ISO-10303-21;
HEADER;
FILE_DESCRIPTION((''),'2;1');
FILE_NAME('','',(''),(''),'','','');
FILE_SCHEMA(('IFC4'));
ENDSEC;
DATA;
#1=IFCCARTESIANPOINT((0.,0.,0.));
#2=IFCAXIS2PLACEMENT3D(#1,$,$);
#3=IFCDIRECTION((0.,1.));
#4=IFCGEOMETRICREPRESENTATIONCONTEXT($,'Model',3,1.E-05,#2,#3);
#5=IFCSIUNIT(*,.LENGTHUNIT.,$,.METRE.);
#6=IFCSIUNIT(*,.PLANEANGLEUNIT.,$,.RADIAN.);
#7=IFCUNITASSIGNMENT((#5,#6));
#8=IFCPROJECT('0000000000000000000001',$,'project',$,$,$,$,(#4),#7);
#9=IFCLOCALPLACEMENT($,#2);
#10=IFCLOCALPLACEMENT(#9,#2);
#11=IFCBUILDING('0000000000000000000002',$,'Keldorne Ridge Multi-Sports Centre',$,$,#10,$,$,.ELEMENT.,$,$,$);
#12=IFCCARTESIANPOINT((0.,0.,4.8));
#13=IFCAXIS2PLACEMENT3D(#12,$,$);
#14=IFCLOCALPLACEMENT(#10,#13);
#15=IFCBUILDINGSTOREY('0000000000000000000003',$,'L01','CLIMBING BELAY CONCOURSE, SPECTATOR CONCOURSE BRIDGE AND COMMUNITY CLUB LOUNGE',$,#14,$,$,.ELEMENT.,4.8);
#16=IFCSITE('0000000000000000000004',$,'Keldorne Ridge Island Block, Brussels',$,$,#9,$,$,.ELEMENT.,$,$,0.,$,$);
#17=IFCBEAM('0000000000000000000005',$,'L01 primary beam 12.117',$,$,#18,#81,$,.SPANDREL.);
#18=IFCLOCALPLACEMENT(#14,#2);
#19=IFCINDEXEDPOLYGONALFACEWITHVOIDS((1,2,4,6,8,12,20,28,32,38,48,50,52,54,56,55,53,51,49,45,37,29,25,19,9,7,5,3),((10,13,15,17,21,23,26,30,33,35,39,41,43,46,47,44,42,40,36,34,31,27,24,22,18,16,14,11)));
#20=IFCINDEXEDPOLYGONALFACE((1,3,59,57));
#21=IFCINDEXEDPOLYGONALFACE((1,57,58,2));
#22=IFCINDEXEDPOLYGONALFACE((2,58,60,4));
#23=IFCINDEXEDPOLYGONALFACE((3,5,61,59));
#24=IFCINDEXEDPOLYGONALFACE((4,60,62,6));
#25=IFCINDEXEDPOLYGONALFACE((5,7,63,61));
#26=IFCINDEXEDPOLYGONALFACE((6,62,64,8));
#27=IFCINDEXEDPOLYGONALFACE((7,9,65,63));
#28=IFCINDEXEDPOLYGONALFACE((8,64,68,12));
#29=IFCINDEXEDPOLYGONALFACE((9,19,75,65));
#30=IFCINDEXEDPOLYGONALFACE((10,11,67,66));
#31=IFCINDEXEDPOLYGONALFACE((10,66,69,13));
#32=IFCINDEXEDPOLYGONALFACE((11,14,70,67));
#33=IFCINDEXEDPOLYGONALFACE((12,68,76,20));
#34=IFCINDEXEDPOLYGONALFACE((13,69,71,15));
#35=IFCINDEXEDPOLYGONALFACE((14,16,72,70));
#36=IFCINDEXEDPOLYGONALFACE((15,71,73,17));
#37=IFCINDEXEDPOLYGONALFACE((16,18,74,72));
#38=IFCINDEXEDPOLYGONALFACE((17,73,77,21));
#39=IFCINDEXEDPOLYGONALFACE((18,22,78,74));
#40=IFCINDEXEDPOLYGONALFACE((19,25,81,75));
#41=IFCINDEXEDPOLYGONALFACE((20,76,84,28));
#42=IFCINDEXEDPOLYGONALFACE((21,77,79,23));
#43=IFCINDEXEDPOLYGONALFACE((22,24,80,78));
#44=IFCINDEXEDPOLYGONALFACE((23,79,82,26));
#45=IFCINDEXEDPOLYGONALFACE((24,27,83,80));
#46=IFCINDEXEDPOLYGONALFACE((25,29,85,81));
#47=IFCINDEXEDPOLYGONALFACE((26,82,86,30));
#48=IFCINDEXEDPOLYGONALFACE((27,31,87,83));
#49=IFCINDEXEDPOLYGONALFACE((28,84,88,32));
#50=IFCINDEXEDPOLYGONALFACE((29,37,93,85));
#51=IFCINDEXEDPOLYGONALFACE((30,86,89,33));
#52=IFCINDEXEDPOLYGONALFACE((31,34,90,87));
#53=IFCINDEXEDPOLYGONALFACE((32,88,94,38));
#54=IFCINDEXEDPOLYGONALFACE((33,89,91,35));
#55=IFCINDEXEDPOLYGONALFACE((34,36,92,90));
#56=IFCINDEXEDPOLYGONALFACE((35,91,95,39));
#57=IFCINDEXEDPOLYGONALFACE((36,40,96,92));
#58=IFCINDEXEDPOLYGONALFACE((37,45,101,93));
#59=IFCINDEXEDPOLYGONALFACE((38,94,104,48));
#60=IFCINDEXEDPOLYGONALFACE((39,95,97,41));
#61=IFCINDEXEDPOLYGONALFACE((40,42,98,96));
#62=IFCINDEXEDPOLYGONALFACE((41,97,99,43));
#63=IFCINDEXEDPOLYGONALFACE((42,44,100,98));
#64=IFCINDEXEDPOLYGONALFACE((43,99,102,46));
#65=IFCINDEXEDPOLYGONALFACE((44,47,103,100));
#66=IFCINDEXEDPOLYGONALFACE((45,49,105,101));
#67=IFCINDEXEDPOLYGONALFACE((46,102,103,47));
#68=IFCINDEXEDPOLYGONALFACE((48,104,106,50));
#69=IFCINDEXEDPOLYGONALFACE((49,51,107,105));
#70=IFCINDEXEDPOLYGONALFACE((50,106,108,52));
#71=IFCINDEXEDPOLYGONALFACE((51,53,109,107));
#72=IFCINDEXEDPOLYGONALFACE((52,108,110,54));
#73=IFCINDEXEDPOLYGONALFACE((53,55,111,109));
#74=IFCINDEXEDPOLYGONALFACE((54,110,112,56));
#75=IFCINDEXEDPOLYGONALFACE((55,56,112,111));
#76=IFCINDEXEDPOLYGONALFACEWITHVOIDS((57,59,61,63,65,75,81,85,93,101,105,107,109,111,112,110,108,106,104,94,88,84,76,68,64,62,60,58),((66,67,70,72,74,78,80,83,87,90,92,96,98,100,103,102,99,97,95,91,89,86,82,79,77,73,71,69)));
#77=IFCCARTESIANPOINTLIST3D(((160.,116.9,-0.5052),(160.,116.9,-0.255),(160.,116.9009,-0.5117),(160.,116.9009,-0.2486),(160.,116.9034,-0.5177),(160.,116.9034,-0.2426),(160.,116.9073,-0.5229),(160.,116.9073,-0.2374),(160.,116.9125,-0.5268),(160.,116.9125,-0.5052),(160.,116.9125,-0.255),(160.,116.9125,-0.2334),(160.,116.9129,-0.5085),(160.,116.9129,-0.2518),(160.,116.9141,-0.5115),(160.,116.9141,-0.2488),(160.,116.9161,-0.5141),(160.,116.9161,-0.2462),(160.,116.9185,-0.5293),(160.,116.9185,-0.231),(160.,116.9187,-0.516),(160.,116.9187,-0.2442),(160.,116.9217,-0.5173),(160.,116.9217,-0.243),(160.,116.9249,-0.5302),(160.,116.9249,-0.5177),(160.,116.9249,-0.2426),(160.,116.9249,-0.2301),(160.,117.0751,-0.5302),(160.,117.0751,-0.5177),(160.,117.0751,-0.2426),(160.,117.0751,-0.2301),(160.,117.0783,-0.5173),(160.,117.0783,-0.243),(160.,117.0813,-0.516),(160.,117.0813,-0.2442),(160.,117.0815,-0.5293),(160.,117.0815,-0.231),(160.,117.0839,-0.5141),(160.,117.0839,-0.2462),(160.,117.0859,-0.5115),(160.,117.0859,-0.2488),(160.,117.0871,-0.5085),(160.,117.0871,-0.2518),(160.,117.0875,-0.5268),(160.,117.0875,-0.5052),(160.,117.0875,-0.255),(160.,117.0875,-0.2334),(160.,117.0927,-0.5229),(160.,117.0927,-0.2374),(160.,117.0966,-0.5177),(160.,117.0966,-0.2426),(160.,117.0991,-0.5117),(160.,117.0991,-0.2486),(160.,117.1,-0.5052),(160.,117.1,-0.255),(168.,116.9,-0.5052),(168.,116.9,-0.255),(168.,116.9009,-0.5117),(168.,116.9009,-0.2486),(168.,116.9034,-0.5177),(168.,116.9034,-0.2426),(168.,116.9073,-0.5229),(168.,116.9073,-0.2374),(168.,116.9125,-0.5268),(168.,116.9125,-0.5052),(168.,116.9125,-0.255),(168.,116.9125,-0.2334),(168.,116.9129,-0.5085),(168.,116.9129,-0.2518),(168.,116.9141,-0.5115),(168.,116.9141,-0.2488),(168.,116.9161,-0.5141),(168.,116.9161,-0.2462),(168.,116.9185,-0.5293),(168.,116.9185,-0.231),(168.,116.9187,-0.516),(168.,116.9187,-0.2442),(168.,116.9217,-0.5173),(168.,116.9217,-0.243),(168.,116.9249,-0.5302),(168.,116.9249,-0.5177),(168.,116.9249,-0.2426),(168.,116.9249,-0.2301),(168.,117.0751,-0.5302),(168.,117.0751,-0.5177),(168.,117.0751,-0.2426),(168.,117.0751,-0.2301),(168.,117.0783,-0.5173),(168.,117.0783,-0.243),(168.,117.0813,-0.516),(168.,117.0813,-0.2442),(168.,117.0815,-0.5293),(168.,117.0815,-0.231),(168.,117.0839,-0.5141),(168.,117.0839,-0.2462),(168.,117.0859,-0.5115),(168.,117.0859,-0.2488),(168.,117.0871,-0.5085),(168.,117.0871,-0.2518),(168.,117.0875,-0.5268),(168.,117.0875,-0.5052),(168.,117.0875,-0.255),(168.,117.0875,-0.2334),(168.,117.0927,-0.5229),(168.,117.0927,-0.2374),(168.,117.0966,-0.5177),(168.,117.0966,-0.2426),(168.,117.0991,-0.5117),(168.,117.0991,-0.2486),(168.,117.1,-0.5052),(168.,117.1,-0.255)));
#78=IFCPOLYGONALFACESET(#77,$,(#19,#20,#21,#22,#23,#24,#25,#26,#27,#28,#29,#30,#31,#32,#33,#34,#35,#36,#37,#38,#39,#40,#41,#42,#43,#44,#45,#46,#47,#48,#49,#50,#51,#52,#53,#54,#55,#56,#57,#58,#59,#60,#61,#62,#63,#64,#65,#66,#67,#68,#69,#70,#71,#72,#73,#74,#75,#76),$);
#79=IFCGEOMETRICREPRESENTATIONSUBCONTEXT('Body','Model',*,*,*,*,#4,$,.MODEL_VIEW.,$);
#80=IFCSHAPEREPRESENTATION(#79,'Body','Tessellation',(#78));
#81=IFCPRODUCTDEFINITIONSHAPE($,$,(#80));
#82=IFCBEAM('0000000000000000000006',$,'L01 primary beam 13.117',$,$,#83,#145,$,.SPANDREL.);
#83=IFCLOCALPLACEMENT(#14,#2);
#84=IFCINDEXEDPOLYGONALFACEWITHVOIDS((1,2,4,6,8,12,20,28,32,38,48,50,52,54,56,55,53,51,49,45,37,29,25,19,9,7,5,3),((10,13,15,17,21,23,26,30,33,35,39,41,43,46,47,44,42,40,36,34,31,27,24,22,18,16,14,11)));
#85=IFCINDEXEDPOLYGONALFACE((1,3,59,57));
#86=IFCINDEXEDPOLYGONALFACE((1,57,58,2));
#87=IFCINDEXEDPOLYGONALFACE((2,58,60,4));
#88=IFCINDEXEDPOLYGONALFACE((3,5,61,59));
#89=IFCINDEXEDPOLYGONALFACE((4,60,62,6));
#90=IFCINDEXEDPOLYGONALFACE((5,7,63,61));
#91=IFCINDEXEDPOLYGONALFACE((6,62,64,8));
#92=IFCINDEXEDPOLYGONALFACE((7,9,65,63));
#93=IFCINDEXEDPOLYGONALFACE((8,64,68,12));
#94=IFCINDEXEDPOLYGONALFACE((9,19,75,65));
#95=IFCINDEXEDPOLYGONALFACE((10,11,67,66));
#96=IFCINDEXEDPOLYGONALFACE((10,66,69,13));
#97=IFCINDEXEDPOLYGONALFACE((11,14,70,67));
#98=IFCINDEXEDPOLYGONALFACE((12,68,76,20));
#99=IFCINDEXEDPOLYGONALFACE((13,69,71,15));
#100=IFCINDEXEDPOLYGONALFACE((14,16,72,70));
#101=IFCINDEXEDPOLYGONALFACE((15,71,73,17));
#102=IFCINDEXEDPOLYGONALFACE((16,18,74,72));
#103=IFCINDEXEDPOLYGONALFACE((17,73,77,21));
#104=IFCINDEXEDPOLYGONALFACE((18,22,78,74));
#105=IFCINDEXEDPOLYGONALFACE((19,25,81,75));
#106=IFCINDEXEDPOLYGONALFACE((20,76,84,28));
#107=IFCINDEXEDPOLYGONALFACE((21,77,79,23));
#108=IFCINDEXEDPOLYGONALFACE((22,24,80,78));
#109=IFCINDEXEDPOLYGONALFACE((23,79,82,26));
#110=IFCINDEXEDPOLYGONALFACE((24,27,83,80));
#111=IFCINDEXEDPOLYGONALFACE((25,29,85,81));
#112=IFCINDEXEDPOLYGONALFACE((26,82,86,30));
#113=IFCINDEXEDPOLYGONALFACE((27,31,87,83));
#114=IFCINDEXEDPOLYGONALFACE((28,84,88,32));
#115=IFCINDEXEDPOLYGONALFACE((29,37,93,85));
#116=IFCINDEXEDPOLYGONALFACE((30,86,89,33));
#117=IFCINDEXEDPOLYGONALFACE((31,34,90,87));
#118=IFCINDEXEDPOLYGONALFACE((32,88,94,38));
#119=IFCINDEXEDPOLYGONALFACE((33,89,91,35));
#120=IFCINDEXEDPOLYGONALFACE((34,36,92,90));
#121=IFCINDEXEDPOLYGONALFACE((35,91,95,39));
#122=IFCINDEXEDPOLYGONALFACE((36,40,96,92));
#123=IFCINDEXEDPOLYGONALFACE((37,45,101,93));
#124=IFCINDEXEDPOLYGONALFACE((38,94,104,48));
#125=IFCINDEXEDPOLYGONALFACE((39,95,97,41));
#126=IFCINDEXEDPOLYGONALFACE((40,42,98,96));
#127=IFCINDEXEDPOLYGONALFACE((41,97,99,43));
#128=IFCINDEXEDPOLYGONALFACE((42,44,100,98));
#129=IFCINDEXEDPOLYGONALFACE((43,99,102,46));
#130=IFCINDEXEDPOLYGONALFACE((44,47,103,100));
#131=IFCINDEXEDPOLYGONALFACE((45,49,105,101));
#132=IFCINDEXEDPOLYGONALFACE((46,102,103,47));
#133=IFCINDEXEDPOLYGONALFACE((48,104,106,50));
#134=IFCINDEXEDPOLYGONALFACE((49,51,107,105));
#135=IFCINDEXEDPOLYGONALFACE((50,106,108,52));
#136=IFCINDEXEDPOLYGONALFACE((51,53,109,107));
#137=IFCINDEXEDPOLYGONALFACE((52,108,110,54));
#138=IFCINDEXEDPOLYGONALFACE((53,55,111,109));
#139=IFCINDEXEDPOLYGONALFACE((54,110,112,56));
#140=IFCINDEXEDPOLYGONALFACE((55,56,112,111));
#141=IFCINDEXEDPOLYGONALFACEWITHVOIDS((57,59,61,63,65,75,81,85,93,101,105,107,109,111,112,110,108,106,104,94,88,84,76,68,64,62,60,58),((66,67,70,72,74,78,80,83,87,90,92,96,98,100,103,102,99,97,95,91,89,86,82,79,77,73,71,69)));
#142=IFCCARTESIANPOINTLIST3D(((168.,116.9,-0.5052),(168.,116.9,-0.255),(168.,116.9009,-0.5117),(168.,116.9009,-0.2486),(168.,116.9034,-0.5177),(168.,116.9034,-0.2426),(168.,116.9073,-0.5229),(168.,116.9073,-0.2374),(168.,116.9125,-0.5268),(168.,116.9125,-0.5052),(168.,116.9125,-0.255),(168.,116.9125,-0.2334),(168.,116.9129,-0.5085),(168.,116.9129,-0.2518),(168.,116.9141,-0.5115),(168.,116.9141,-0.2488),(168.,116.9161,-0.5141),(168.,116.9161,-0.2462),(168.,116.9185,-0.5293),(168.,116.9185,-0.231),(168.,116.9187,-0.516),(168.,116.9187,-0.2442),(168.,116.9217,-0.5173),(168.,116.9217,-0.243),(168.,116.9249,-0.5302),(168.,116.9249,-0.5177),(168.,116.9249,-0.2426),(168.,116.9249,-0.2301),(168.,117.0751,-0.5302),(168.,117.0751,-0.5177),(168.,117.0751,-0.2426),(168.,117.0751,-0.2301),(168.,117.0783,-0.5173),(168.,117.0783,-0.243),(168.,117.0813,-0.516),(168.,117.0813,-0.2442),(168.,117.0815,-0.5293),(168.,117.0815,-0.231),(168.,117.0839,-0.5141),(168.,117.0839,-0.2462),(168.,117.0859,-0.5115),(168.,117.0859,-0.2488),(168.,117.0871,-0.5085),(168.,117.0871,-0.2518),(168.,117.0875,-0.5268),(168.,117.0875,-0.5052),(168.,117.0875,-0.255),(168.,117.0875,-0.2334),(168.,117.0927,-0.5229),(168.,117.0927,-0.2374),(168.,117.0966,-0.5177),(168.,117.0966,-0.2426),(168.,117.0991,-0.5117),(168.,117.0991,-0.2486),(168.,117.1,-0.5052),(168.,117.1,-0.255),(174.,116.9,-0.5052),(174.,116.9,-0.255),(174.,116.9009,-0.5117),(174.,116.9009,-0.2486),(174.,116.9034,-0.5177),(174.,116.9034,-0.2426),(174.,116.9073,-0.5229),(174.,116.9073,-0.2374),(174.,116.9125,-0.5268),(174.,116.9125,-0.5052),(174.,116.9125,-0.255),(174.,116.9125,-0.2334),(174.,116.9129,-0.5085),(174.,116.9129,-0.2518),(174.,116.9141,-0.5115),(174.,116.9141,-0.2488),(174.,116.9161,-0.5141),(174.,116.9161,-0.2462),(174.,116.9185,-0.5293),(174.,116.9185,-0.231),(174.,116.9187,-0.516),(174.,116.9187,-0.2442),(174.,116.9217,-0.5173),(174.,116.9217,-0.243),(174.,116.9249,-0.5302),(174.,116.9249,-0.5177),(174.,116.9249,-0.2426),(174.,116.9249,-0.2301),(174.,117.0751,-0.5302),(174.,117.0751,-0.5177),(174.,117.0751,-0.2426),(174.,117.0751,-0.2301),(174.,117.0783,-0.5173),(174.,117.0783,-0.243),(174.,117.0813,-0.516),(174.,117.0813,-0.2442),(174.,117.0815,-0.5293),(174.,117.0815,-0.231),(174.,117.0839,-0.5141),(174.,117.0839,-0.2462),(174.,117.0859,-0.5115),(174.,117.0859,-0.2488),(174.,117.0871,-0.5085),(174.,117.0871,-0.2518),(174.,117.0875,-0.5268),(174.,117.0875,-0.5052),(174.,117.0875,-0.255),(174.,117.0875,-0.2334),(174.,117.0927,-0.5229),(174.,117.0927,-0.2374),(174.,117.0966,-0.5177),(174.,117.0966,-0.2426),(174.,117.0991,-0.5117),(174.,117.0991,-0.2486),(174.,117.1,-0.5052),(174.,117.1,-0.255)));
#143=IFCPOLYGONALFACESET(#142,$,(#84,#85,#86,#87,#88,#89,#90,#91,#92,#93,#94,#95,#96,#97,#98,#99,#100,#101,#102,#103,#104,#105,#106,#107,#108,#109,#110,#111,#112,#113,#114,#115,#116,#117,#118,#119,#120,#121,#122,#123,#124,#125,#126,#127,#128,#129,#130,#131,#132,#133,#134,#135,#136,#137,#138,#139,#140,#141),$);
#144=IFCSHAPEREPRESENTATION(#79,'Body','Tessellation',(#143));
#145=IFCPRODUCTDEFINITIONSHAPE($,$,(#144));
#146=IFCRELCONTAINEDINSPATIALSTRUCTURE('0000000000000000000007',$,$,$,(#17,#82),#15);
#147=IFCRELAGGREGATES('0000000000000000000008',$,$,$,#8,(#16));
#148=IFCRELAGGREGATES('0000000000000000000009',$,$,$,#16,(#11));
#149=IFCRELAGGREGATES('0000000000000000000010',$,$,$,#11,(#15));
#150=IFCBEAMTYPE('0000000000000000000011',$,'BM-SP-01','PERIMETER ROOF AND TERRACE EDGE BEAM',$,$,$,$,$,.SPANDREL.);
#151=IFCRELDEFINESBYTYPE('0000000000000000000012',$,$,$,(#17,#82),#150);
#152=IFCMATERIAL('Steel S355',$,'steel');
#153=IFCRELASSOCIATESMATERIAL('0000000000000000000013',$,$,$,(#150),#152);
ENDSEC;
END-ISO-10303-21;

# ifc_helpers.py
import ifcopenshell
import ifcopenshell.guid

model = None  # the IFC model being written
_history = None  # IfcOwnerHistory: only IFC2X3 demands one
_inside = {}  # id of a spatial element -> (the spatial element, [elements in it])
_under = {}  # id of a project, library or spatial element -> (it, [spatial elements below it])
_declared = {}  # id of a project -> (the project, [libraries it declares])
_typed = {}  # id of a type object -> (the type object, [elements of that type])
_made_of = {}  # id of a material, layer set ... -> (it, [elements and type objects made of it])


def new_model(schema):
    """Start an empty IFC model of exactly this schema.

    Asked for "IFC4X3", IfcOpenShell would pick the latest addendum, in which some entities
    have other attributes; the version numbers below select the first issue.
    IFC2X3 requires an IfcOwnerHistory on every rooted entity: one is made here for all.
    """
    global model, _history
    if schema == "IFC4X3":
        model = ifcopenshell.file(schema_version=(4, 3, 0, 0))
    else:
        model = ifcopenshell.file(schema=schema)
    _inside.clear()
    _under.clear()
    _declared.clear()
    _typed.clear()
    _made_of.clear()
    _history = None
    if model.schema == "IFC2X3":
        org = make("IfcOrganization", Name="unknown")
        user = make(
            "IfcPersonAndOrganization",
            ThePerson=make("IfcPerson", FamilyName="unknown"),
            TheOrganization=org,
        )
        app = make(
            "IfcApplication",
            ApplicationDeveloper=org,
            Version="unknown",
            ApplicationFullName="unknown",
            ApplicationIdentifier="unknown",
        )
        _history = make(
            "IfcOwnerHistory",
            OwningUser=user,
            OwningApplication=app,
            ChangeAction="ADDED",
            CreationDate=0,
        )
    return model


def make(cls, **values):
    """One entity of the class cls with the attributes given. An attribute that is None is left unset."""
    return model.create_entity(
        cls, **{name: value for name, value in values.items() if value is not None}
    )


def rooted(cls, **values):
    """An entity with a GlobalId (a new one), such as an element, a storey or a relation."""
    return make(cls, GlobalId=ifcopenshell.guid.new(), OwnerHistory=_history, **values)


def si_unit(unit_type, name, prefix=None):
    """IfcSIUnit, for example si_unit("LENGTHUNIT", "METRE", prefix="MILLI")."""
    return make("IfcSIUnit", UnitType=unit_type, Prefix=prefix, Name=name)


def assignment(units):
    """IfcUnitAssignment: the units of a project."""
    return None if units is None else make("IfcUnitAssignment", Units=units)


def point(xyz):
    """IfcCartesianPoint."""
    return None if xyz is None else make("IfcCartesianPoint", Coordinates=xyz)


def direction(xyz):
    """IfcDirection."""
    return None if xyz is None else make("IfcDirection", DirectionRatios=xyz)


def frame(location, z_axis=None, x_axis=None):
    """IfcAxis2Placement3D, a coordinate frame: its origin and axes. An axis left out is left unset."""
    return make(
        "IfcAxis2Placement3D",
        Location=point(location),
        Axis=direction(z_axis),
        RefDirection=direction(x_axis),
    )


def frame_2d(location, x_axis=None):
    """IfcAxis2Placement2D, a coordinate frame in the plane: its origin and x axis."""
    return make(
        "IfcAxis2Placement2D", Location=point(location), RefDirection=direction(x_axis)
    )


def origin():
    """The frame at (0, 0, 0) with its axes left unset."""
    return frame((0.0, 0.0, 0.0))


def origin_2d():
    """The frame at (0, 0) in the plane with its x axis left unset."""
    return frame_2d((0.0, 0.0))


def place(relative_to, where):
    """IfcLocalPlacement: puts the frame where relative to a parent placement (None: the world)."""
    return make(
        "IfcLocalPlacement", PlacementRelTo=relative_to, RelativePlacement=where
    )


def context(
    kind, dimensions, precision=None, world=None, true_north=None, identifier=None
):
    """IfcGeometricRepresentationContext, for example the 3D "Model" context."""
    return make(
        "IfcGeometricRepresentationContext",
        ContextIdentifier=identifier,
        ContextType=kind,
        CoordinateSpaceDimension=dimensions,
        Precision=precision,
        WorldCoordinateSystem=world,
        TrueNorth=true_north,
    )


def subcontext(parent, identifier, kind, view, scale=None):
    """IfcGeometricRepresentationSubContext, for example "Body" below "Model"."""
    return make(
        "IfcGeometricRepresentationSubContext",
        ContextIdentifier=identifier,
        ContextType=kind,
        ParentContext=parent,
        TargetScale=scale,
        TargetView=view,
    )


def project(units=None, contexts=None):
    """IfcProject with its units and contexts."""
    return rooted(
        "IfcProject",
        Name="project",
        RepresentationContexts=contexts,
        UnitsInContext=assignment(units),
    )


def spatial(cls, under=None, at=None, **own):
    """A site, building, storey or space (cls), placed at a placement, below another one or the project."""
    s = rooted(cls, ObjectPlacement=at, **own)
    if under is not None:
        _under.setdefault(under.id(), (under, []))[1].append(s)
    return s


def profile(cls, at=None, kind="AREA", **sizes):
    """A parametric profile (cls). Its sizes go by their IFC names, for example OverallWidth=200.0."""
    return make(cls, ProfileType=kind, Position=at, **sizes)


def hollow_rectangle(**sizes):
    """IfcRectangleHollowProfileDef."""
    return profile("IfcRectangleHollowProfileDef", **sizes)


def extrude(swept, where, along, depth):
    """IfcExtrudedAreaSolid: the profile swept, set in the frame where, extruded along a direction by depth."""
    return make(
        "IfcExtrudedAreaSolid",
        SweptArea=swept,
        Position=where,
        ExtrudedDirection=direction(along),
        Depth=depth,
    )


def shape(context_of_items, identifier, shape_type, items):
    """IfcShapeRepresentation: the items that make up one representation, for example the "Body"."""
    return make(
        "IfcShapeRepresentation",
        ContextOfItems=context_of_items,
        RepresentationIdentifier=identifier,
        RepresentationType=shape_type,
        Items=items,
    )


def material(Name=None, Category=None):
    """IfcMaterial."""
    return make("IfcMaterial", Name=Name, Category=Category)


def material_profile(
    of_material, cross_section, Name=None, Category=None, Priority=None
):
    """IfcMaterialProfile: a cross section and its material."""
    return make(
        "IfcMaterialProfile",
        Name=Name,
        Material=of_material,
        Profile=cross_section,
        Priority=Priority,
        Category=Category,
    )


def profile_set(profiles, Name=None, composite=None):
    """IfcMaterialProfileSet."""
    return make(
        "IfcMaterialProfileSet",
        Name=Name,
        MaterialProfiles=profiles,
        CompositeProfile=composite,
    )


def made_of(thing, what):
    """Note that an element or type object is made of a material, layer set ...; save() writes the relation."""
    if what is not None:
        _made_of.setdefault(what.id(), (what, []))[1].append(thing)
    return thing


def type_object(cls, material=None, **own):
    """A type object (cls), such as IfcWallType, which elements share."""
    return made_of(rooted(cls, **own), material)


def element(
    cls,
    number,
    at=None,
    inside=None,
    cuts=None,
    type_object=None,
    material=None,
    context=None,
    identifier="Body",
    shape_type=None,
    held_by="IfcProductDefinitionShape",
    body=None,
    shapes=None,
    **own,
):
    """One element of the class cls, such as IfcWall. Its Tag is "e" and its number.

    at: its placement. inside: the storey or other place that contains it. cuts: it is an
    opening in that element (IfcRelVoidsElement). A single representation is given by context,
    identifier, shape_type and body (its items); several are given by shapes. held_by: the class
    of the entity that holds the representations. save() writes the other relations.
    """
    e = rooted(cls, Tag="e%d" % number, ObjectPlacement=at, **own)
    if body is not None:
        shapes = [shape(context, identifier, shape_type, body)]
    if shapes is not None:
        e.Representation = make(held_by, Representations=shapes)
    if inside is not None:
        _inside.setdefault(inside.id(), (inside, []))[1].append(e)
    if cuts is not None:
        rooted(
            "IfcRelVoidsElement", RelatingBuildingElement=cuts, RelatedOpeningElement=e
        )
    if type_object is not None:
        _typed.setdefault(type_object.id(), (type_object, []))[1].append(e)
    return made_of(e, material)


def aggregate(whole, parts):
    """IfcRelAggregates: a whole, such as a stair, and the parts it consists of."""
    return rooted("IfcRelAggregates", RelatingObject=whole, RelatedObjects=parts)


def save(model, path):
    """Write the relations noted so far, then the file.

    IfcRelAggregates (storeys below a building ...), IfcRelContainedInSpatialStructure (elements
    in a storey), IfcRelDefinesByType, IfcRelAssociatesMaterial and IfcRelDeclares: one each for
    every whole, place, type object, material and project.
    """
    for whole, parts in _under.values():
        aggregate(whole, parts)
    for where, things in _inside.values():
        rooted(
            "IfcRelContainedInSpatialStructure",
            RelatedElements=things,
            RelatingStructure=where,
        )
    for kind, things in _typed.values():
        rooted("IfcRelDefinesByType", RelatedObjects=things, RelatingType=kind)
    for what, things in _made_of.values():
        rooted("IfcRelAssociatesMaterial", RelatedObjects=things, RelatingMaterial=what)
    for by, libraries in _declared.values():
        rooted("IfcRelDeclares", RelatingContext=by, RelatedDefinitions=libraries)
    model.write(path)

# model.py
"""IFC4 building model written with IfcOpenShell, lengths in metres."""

from ifc_helpers import new_model, si_unit, direction, frame, origin, origin_2d, place, context, subcontext, project, spatial, hollow_rectangle, extrude, material, material_profile, profile_set, type_object, element, save


model = new_model("IFC4")

# Units and contexts
model_context = context("Model", 3, precision=1e-05, world=origin(), true_north=direction((0.0, 1.0)))
body_context = subcontext(model_context, "Body", "Model", "MODEL_VIEW")
ifc_project = project(units=[si_unit("LENGTHUNIT", "METRE"), si_unit("PLANEANGLEUNIT", "RADIAN")], contexts=[model_context])

# Site, building, storey
site_placement = place(None, origin())
site = spatial("IfcSite", under=ifc_project, at=site_placement, Name="Keldorne Ridge Island Block, Brussels", CompositionType="ELEMENT", RefElevation=0.0)
building_placement = place(site_placement, origin())
building = spatial("IfcBuilding", under=site, at=building_placement, Name="Keldorne Ridge Multi-Sports Centre", CompositionType="ELEMENT")
storey_placement = place(building_placement, frame((0.0, 0.0, 4.8)))
storey = spatial("IfcBuildingStorey", under=building, at=storey_placement, Name="L01", Description="CLIMBING BELAY CONCOURSE, SPECTATOR CONCOURSE BRIDGE AND COMMUNITY CLUB LOUNGE", CompositionType="ELEMENT", Elevation=4.8)

# Shared definitions
ifc_material_1 = material(Name="Steel S355", Category="steel")

# Beams
ifc_material_profile_1 = material_profile(ifc_material_1, hollow_rectangle(XDim=0.2, YDim=0.3, WallThickness=0.0125, InnerFilletRadius=0.0125, OuterFilletRadius=0.0249, at=origin_2d()), Name="RHS 300x200x12.5")
ifc_profile_set_1 = profile_set([ifc_material_profile_1], Name="Steel S355")
beam_type_1 = type_object("IfcBeamType", Name="BM-SP-01", Description="PERIMETER ROOF AND TERRACE EDGE BEAM", PredefinedType="SPANDREL", material=ifc_profile_set_1)
for number, where, z_axis, x_axis, name in (
    (1, (160.0, 117.0, -0.3801), (1.0, 0.0, 0.0), (0.0, 1.0, 0.0), "L01 primary beam 12.117"),
):
    element("IfcBeam", number, at=place(storey_placement, frame(where, z_axis=z_axis, x_axis=x_axis)), inside=storey, type_object=beam_type_1, Name=name, PredefinedType="SPANDREL", context=body_context, shape_type="SweptSolid", body=[
        extrude(hollow_rectangle(XDim=0.2, YDim=0.3, WallThickness=0.0125, InnerFilletRadius=0.0125, OuterFilletRadius=0.0249, at=origin_2d()), origin(), (0.0, 0.0, 1.0), 8.0),
    ])
beam_1_placement = place(storey_placement, frame((168.0, 117.0, -0.3801), z_axis=(1.0, 0.0, 0.0), x_axis=(0.0, 1.0, 0.0)))
element("IfcBeam", 2, at=beam_1_placement, inside=storey, type_object=beam_type_1, Name="L01 primary beam 13.117", PredefinedType="SPANDREL", context=body_context, shape_type="SweptSolid", body=[
    extrude(hollow_rectangle(XDim=0.2, YDim=0.3, WallThickness=0.0125, InnerFilletRadius=0.0125, OuterFilletRadius=0.0249, at=origin_2d()), origin(), (0.0, 0.0, 1.0), 6.0),
])

save(model, "model.ifc")
